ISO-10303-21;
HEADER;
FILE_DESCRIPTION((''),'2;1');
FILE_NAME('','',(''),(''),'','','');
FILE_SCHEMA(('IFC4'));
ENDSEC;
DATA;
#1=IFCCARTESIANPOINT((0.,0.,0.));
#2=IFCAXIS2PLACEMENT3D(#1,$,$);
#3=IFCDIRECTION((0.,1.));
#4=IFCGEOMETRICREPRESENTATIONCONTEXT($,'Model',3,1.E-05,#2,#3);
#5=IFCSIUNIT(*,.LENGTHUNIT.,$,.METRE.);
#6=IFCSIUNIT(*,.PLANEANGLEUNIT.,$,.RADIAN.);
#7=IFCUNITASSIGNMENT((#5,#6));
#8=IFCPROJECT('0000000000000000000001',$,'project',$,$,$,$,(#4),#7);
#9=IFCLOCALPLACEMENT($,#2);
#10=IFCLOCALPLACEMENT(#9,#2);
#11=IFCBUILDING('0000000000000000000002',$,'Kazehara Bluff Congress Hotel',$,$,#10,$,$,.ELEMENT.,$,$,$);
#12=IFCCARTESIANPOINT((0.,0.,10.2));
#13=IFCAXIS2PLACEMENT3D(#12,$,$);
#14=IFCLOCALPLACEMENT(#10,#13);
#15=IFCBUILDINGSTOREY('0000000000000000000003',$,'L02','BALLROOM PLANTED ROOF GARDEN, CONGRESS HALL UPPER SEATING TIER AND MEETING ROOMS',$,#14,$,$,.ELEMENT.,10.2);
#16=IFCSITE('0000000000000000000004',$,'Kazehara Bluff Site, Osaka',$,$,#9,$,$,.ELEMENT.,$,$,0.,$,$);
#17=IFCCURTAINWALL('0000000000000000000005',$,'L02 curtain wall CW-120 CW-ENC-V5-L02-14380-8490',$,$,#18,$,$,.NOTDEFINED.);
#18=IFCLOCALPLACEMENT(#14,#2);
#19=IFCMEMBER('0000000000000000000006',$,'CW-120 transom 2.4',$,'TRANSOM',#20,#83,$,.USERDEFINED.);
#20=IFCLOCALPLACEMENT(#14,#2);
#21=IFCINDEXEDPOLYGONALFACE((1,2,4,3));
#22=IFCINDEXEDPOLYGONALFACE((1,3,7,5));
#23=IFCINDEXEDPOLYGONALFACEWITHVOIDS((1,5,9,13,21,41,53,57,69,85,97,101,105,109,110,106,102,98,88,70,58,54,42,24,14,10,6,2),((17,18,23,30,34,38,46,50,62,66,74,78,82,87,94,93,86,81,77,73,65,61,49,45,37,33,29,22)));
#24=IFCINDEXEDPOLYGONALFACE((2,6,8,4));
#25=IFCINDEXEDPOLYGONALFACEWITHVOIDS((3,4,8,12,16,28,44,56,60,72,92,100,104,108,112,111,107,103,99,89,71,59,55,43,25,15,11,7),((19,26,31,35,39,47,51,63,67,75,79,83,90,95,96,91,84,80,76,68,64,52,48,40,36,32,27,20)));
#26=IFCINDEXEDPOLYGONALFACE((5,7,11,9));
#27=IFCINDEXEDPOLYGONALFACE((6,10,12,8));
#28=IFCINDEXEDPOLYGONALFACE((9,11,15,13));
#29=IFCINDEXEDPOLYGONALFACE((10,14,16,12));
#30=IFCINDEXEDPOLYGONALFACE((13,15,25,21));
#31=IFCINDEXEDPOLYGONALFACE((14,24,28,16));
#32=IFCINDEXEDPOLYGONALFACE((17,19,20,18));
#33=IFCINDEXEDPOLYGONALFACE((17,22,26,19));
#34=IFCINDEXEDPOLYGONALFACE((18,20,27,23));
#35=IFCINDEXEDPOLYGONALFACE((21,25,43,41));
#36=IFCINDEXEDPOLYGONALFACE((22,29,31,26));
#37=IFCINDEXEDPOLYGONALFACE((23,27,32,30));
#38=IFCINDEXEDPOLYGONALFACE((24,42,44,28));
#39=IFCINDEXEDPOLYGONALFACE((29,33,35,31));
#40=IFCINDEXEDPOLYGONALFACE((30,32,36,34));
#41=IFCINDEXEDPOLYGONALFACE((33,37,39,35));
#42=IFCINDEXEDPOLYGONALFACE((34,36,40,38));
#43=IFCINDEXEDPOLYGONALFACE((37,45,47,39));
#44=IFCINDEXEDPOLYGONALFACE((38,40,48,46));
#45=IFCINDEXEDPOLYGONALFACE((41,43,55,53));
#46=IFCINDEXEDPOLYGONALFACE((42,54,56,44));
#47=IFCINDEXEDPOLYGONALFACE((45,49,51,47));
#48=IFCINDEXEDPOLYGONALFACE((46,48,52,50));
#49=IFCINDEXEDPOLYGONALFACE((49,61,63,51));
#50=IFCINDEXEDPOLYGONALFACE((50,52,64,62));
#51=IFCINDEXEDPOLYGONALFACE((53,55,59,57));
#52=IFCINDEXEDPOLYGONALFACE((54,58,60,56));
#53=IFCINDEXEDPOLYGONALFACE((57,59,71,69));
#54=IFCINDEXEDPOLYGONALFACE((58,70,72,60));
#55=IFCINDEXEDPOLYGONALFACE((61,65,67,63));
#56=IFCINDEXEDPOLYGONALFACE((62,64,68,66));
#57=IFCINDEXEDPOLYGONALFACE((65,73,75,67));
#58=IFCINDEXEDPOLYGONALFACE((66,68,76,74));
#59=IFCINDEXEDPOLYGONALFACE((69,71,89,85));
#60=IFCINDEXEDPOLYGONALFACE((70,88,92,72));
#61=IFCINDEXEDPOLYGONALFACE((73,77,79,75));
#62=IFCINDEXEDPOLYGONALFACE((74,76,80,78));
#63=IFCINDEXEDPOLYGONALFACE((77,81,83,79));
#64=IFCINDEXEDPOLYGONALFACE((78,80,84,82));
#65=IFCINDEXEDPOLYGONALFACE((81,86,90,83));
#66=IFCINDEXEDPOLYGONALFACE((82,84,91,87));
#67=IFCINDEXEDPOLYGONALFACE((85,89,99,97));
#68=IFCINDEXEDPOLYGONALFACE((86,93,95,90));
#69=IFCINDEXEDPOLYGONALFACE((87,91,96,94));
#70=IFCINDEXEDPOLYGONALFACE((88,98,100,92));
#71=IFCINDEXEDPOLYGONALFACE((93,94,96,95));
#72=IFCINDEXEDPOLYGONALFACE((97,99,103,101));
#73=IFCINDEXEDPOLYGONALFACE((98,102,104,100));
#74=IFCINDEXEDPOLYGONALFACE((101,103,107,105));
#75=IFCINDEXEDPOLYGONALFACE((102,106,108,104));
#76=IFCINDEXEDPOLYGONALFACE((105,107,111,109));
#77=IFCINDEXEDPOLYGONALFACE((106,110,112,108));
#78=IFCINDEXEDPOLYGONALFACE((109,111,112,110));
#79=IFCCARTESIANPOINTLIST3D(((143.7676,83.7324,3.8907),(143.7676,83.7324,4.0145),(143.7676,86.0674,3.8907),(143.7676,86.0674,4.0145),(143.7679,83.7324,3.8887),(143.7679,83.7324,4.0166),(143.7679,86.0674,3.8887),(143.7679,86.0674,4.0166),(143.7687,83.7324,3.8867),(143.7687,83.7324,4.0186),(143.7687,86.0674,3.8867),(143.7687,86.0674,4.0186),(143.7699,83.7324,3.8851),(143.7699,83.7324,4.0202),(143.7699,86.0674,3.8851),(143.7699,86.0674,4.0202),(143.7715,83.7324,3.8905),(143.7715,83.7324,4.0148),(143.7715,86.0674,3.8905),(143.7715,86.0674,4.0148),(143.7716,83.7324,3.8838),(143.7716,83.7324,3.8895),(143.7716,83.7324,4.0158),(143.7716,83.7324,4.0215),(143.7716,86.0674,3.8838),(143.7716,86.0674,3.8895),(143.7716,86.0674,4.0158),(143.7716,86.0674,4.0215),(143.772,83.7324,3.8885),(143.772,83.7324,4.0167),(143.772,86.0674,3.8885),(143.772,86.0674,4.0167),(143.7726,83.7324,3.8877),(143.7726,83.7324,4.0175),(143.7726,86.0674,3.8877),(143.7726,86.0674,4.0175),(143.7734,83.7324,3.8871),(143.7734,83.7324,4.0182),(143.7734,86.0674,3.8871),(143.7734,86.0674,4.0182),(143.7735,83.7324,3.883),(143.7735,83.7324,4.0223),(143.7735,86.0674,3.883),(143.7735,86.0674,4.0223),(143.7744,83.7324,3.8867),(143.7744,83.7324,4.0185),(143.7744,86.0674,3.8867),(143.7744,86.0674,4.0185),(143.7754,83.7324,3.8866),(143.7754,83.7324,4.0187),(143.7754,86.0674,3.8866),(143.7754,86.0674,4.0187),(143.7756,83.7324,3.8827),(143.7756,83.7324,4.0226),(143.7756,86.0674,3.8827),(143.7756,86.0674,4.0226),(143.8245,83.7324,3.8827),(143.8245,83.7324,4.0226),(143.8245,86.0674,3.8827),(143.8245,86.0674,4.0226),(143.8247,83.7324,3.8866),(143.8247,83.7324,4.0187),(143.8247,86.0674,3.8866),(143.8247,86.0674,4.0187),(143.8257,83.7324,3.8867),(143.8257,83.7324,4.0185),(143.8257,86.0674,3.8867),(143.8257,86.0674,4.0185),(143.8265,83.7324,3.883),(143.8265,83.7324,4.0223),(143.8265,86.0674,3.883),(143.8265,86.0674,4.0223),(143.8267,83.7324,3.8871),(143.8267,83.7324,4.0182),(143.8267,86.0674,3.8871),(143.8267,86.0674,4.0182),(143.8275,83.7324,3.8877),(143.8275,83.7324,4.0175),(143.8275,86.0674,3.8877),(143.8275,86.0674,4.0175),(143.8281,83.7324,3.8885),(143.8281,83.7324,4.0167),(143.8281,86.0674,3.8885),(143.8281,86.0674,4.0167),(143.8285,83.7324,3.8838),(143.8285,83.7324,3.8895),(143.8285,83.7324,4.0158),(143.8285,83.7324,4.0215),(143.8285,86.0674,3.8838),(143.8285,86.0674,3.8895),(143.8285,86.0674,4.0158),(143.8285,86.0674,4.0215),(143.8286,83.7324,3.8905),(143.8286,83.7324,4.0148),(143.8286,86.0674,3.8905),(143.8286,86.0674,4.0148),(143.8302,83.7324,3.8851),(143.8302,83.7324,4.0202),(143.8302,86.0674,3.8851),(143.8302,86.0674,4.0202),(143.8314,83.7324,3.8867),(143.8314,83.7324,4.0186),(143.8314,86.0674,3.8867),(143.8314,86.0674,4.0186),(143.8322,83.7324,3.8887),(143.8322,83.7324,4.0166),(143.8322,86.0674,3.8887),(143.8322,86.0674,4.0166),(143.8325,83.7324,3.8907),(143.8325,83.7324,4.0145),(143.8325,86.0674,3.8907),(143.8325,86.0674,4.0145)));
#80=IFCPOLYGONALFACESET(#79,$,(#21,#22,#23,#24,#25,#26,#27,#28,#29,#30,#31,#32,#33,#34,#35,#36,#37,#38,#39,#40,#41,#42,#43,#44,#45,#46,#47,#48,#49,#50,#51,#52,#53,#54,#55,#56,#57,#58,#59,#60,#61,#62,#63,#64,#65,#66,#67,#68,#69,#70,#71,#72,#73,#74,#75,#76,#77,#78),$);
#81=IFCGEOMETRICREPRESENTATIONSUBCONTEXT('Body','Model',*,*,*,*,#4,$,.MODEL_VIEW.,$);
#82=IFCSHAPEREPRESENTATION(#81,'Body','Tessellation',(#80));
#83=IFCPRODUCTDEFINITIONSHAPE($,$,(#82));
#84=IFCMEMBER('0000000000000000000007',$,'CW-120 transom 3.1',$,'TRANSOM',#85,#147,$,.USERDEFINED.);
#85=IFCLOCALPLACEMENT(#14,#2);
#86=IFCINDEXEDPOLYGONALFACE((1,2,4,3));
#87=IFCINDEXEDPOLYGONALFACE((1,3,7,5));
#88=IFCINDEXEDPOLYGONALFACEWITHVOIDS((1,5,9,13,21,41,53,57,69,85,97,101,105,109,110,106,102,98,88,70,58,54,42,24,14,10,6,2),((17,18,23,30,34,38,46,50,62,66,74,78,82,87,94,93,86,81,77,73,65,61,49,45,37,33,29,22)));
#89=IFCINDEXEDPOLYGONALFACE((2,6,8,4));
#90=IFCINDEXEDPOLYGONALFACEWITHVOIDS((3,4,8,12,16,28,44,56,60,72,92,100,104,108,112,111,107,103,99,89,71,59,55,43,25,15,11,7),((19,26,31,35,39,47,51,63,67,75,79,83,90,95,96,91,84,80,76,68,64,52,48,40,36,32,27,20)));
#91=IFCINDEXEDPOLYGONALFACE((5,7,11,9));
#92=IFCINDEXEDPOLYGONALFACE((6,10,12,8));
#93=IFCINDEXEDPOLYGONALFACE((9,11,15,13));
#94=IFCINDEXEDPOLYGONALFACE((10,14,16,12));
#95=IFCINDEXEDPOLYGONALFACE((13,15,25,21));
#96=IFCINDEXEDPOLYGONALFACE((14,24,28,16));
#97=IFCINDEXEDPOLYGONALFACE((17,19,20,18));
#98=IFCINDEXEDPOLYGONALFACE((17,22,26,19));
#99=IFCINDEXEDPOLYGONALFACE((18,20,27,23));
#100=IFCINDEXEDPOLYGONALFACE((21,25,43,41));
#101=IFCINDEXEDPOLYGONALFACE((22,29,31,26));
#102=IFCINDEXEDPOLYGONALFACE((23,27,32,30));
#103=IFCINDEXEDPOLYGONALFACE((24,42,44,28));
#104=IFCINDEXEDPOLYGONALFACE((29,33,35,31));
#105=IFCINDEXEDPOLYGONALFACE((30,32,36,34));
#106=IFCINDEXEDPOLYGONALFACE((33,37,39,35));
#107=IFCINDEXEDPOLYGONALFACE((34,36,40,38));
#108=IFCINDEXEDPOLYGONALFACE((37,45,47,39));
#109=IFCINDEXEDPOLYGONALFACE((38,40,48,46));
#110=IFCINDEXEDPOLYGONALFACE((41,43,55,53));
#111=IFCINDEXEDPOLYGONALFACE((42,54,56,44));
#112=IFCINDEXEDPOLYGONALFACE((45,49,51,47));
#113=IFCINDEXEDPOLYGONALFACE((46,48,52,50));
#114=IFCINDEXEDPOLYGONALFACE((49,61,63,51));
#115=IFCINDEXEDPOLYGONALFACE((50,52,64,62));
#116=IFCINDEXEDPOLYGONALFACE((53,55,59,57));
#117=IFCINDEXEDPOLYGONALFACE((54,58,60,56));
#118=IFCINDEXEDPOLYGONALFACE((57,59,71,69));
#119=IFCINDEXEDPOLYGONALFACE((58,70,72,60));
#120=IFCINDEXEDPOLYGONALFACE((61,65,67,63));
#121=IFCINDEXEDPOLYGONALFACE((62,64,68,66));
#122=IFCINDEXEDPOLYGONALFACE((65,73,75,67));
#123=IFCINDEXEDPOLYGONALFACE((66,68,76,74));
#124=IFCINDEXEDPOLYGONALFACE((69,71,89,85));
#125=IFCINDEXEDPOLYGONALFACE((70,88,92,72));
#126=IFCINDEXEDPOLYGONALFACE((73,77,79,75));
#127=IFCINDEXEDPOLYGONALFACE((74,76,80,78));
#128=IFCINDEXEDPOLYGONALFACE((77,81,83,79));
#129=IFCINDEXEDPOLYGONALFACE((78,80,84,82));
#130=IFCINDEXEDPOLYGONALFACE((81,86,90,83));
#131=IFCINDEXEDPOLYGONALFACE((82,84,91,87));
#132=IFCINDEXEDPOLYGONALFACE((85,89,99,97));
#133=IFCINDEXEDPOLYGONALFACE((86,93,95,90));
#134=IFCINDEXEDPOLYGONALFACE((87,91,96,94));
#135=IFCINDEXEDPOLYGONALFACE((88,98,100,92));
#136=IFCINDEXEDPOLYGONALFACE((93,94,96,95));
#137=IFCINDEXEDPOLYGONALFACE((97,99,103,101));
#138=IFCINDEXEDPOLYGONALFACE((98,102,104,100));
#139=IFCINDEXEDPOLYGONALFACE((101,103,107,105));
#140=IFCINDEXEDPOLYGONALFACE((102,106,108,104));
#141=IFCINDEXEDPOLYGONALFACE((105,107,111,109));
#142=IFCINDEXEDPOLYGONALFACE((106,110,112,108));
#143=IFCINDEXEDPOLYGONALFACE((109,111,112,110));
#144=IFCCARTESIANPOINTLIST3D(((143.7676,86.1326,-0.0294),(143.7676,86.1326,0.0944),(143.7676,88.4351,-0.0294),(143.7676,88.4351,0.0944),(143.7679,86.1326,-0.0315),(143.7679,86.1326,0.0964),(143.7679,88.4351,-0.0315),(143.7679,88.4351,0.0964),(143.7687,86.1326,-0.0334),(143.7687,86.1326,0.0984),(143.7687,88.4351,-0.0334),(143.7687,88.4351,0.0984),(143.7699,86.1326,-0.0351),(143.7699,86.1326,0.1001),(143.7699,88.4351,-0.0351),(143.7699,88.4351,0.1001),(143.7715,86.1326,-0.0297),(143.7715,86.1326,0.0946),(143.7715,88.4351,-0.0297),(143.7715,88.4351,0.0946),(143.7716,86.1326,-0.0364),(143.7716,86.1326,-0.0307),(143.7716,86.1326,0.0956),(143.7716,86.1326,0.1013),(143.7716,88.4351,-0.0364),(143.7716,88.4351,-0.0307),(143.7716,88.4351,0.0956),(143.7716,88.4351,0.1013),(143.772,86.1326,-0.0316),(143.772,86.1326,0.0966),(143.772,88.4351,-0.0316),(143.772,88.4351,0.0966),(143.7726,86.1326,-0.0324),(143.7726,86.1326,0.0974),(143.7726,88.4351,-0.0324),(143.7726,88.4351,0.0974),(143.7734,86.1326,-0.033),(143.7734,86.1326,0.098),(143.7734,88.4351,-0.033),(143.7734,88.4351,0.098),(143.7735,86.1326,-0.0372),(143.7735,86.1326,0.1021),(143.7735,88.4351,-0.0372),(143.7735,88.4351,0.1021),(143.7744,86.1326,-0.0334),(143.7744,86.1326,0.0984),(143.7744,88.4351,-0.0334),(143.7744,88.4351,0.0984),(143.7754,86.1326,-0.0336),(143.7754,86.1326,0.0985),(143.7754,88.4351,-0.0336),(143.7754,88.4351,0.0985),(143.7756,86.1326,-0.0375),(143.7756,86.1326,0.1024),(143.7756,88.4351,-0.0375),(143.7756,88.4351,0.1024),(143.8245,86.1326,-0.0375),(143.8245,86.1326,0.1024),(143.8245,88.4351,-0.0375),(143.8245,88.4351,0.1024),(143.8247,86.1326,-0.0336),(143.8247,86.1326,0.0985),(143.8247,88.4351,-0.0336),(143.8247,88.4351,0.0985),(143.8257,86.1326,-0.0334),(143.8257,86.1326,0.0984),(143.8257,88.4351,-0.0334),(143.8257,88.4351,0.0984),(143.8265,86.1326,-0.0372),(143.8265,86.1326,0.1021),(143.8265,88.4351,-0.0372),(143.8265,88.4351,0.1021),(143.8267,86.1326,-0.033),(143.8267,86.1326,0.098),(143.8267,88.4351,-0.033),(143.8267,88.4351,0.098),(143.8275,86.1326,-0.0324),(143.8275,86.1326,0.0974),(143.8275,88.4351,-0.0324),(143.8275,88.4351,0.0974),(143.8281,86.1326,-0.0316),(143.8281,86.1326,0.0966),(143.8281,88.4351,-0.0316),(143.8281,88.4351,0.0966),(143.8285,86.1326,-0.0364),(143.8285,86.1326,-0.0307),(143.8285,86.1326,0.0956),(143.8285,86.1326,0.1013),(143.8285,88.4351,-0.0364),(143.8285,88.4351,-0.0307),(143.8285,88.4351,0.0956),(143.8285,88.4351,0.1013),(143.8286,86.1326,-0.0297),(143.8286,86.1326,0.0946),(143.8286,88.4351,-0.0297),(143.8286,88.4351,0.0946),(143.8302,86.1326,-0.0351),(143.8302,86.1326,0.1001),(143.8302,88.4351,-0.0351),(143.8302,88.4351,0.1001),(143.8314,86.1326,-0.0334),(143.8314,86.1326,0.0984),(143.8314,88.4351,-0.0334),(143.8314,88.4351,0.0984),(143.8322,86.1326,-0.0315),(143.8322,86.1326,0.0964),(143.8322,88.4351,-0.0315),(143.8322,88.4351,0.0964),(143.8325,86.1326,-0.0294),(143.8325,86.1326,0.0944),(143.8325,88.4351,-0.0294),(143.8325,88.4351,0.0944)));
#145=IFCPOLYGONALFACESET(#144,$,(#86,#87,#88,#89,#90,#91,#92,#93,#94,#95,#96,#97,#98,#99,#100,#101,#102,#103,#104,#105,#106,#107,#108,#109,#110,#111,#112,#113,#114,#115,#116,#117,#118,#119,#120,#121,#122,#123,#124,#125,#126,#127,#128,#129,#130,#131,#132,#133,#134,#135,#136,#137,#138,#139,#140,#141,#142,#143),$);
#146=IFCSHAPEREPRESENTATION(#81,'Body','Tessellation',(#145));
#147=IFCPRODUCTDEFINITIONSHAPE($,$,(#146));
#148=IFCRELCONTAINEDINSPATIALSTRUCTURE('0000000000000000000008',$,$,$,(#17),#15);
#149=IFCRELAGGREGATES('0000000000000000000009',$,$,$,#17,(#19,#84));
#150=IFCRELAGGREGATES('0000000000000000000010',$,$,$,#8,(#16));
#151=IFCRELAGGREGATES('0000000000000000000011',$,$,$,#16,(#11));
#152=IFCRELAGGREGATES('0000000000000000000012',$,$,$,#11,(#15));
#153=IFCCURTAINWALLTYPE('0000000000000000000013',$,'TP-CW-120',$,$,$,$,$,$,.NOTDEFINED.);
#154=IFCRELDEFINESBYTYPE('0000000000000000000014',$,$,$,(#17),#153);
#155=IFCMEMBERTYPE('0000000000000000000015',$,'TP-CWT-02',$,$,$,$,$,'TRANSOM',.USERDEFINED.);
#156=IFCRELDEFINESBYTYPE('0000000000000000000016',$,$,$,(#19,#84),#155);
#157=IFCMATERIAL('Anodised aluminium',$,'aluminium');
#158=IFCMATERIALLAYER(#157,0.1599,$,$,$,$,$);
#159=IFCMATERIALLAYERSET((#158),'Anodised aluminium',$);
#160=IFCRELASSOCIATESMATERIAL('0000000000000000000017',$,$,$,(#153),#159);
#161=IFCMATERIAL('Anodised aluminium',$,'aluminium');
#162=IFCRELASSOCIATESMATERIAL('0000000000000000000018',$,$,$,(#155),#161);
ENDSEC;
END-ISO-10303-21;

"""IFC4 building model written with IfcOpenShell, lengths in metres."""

from ifc_helpers import new_model, si_unit, direction, frame, origin, origin_2d, place, context, subcontext, project, spatial, hollow_rectangle, extrude, material, layer, layer_set, material_profile, profile_set, type_object, element, aggregate, save


model = new_model("IFC4")

# Units and contexts
model_context = context("Model", 3, precision=1e-05, world=origin(), true_north=direction((0.0, 1.0)))
body_context = subcontext(model_context, "Body", "Model", "MODEL_VIEW")
ifc_project = project(units=[si_unit("LENGTHUNIT", "METRE"), si_unit("PLANEANGLEUNIT", "RADIAN")], contexts=[model_context])

# Site, building, storey
site_placement = place(None, origin())
site = spatial("IfcSite", under=ifc_project, at=site_placement, Name="Kazehara Bluff Site, Osaka", CompositionType="ELEMENT", RefElevation=0.0)
building_placement = place(site_placement, origin())
building = spatial("IfcBuilding", under=site, at=building_placement, Name="Kazehara Bluff Congress Hotel", CompositionType="ELEMENT")
storey_placement = place(building_placement, frame((0.0, 0.0, 10.2)))
storey = spatial("IfcBuildingStorey", under=building, at=storey_placement, Name="L02", Description="BALLROOM PLANTED ROOF GARDEN, CONGRESS HALL UPPER SEATING TIER AND MEETING ROOMS", CompositionType="ELEMENT", Elevation=10.2)

# Curtain wall
ifc_material_1 = material(Name="Anodised aluminium", Category="aluminium")
ifc_layer_1 = layer(ifc_material_1, 0.1599)
ifc_layer_set_1 = layer_set([ifc_layer_1], Name="Anodised aluminium")
curtain_wall_type = type_object("IfcCurtainWallType", Name="TP-CW-120", PredefinedType="NOTDEFINED", material=ifc_layer_set_1)
curtain_wall_1_placement = place(storey_placement, origin())
curtain_wall_1 = element("IfcCurtainWall", 1, at=curtain_wall_1_placement, inside=storey, type_object=curtain_wall_type, Name="L02 curtain wall CW-120 CW-ENC-V5-L02-14380-8490", PredefinedType="NOTDEFINED")

# Members
ifc_material_2 = material(Name="Anodised aluminium", Category="aluminium")
ifc_material_profile_1 = material_profile(ifc_material_2, hollow_rectangle(XDim=0.0649, YDim=0.1399, WallThickness=0.0039, InnerFilletRadius=0.0039, OuterFilletRadius=0.0081, at=origin_2d()))
ifc_profile_set_1 = profile_set([ifc_material_profile_1], Name="Anodised aluminium")
member_type_1 = type_object("IfcMemberType", Name="TP-CWT-02", ElementType="TRANSOM", PredefinedType="USERDEFINED", material=ifc_profile_set_1)
member_1_placement = place(storey_placement, frame((143.8, 83.7324, 3.9526), z_axis=(0.0, 1.0, 0.0), x_axis=(-1.0, 0.0, 0.0)))
member_1 = element("IfcMember", 2, at=member_1_placement, type_object=member_type_1, Name="CW-120 transom 2.4", ObjectType="TRANSOM", PredefinedType="USERDEFINED", context=body_context, shape_type="SweptSolid", body=[
    extrude(hollow_rectangle(XDim=0.0649, YDim=0.1399, WallThickness=0.0039, InnerFilletRadius=0.0039, OuterFilletRadius=0.0081, at=origin_2d()), origin(), (0.0, 0.0, 1.0), 2.335),
])
member_2_placement = place(storey_placement, frame((143.8, 86.1326, 0.0325), z_axis=(0.0, 1.0, 0.0), x_axis=(-1.0, 0.0, 0.0)))
member_2 = element("IfcMember", 3, at=member_2_placement, type_object=member_type_1, Name="CW-120 transom 3.1", ObjectType="TRANSOM", PredefinedType="USERDEFINED", context=body_context, shape_type="SweptSolid", body=[
    extrude(hollow_rectangle(XDim=0.0649, YDim=0.1399, WallThickness=0.0039, InnerFilletRadius=0.0039, OuterFilletRadius=0.0081, at=origin_2d()), origin(), (0.0, 0.0, 1.0), 2.3025),
])

aggregate(curtain_wall_1, [member_1, member_2])

save(model, "model.ifc")
